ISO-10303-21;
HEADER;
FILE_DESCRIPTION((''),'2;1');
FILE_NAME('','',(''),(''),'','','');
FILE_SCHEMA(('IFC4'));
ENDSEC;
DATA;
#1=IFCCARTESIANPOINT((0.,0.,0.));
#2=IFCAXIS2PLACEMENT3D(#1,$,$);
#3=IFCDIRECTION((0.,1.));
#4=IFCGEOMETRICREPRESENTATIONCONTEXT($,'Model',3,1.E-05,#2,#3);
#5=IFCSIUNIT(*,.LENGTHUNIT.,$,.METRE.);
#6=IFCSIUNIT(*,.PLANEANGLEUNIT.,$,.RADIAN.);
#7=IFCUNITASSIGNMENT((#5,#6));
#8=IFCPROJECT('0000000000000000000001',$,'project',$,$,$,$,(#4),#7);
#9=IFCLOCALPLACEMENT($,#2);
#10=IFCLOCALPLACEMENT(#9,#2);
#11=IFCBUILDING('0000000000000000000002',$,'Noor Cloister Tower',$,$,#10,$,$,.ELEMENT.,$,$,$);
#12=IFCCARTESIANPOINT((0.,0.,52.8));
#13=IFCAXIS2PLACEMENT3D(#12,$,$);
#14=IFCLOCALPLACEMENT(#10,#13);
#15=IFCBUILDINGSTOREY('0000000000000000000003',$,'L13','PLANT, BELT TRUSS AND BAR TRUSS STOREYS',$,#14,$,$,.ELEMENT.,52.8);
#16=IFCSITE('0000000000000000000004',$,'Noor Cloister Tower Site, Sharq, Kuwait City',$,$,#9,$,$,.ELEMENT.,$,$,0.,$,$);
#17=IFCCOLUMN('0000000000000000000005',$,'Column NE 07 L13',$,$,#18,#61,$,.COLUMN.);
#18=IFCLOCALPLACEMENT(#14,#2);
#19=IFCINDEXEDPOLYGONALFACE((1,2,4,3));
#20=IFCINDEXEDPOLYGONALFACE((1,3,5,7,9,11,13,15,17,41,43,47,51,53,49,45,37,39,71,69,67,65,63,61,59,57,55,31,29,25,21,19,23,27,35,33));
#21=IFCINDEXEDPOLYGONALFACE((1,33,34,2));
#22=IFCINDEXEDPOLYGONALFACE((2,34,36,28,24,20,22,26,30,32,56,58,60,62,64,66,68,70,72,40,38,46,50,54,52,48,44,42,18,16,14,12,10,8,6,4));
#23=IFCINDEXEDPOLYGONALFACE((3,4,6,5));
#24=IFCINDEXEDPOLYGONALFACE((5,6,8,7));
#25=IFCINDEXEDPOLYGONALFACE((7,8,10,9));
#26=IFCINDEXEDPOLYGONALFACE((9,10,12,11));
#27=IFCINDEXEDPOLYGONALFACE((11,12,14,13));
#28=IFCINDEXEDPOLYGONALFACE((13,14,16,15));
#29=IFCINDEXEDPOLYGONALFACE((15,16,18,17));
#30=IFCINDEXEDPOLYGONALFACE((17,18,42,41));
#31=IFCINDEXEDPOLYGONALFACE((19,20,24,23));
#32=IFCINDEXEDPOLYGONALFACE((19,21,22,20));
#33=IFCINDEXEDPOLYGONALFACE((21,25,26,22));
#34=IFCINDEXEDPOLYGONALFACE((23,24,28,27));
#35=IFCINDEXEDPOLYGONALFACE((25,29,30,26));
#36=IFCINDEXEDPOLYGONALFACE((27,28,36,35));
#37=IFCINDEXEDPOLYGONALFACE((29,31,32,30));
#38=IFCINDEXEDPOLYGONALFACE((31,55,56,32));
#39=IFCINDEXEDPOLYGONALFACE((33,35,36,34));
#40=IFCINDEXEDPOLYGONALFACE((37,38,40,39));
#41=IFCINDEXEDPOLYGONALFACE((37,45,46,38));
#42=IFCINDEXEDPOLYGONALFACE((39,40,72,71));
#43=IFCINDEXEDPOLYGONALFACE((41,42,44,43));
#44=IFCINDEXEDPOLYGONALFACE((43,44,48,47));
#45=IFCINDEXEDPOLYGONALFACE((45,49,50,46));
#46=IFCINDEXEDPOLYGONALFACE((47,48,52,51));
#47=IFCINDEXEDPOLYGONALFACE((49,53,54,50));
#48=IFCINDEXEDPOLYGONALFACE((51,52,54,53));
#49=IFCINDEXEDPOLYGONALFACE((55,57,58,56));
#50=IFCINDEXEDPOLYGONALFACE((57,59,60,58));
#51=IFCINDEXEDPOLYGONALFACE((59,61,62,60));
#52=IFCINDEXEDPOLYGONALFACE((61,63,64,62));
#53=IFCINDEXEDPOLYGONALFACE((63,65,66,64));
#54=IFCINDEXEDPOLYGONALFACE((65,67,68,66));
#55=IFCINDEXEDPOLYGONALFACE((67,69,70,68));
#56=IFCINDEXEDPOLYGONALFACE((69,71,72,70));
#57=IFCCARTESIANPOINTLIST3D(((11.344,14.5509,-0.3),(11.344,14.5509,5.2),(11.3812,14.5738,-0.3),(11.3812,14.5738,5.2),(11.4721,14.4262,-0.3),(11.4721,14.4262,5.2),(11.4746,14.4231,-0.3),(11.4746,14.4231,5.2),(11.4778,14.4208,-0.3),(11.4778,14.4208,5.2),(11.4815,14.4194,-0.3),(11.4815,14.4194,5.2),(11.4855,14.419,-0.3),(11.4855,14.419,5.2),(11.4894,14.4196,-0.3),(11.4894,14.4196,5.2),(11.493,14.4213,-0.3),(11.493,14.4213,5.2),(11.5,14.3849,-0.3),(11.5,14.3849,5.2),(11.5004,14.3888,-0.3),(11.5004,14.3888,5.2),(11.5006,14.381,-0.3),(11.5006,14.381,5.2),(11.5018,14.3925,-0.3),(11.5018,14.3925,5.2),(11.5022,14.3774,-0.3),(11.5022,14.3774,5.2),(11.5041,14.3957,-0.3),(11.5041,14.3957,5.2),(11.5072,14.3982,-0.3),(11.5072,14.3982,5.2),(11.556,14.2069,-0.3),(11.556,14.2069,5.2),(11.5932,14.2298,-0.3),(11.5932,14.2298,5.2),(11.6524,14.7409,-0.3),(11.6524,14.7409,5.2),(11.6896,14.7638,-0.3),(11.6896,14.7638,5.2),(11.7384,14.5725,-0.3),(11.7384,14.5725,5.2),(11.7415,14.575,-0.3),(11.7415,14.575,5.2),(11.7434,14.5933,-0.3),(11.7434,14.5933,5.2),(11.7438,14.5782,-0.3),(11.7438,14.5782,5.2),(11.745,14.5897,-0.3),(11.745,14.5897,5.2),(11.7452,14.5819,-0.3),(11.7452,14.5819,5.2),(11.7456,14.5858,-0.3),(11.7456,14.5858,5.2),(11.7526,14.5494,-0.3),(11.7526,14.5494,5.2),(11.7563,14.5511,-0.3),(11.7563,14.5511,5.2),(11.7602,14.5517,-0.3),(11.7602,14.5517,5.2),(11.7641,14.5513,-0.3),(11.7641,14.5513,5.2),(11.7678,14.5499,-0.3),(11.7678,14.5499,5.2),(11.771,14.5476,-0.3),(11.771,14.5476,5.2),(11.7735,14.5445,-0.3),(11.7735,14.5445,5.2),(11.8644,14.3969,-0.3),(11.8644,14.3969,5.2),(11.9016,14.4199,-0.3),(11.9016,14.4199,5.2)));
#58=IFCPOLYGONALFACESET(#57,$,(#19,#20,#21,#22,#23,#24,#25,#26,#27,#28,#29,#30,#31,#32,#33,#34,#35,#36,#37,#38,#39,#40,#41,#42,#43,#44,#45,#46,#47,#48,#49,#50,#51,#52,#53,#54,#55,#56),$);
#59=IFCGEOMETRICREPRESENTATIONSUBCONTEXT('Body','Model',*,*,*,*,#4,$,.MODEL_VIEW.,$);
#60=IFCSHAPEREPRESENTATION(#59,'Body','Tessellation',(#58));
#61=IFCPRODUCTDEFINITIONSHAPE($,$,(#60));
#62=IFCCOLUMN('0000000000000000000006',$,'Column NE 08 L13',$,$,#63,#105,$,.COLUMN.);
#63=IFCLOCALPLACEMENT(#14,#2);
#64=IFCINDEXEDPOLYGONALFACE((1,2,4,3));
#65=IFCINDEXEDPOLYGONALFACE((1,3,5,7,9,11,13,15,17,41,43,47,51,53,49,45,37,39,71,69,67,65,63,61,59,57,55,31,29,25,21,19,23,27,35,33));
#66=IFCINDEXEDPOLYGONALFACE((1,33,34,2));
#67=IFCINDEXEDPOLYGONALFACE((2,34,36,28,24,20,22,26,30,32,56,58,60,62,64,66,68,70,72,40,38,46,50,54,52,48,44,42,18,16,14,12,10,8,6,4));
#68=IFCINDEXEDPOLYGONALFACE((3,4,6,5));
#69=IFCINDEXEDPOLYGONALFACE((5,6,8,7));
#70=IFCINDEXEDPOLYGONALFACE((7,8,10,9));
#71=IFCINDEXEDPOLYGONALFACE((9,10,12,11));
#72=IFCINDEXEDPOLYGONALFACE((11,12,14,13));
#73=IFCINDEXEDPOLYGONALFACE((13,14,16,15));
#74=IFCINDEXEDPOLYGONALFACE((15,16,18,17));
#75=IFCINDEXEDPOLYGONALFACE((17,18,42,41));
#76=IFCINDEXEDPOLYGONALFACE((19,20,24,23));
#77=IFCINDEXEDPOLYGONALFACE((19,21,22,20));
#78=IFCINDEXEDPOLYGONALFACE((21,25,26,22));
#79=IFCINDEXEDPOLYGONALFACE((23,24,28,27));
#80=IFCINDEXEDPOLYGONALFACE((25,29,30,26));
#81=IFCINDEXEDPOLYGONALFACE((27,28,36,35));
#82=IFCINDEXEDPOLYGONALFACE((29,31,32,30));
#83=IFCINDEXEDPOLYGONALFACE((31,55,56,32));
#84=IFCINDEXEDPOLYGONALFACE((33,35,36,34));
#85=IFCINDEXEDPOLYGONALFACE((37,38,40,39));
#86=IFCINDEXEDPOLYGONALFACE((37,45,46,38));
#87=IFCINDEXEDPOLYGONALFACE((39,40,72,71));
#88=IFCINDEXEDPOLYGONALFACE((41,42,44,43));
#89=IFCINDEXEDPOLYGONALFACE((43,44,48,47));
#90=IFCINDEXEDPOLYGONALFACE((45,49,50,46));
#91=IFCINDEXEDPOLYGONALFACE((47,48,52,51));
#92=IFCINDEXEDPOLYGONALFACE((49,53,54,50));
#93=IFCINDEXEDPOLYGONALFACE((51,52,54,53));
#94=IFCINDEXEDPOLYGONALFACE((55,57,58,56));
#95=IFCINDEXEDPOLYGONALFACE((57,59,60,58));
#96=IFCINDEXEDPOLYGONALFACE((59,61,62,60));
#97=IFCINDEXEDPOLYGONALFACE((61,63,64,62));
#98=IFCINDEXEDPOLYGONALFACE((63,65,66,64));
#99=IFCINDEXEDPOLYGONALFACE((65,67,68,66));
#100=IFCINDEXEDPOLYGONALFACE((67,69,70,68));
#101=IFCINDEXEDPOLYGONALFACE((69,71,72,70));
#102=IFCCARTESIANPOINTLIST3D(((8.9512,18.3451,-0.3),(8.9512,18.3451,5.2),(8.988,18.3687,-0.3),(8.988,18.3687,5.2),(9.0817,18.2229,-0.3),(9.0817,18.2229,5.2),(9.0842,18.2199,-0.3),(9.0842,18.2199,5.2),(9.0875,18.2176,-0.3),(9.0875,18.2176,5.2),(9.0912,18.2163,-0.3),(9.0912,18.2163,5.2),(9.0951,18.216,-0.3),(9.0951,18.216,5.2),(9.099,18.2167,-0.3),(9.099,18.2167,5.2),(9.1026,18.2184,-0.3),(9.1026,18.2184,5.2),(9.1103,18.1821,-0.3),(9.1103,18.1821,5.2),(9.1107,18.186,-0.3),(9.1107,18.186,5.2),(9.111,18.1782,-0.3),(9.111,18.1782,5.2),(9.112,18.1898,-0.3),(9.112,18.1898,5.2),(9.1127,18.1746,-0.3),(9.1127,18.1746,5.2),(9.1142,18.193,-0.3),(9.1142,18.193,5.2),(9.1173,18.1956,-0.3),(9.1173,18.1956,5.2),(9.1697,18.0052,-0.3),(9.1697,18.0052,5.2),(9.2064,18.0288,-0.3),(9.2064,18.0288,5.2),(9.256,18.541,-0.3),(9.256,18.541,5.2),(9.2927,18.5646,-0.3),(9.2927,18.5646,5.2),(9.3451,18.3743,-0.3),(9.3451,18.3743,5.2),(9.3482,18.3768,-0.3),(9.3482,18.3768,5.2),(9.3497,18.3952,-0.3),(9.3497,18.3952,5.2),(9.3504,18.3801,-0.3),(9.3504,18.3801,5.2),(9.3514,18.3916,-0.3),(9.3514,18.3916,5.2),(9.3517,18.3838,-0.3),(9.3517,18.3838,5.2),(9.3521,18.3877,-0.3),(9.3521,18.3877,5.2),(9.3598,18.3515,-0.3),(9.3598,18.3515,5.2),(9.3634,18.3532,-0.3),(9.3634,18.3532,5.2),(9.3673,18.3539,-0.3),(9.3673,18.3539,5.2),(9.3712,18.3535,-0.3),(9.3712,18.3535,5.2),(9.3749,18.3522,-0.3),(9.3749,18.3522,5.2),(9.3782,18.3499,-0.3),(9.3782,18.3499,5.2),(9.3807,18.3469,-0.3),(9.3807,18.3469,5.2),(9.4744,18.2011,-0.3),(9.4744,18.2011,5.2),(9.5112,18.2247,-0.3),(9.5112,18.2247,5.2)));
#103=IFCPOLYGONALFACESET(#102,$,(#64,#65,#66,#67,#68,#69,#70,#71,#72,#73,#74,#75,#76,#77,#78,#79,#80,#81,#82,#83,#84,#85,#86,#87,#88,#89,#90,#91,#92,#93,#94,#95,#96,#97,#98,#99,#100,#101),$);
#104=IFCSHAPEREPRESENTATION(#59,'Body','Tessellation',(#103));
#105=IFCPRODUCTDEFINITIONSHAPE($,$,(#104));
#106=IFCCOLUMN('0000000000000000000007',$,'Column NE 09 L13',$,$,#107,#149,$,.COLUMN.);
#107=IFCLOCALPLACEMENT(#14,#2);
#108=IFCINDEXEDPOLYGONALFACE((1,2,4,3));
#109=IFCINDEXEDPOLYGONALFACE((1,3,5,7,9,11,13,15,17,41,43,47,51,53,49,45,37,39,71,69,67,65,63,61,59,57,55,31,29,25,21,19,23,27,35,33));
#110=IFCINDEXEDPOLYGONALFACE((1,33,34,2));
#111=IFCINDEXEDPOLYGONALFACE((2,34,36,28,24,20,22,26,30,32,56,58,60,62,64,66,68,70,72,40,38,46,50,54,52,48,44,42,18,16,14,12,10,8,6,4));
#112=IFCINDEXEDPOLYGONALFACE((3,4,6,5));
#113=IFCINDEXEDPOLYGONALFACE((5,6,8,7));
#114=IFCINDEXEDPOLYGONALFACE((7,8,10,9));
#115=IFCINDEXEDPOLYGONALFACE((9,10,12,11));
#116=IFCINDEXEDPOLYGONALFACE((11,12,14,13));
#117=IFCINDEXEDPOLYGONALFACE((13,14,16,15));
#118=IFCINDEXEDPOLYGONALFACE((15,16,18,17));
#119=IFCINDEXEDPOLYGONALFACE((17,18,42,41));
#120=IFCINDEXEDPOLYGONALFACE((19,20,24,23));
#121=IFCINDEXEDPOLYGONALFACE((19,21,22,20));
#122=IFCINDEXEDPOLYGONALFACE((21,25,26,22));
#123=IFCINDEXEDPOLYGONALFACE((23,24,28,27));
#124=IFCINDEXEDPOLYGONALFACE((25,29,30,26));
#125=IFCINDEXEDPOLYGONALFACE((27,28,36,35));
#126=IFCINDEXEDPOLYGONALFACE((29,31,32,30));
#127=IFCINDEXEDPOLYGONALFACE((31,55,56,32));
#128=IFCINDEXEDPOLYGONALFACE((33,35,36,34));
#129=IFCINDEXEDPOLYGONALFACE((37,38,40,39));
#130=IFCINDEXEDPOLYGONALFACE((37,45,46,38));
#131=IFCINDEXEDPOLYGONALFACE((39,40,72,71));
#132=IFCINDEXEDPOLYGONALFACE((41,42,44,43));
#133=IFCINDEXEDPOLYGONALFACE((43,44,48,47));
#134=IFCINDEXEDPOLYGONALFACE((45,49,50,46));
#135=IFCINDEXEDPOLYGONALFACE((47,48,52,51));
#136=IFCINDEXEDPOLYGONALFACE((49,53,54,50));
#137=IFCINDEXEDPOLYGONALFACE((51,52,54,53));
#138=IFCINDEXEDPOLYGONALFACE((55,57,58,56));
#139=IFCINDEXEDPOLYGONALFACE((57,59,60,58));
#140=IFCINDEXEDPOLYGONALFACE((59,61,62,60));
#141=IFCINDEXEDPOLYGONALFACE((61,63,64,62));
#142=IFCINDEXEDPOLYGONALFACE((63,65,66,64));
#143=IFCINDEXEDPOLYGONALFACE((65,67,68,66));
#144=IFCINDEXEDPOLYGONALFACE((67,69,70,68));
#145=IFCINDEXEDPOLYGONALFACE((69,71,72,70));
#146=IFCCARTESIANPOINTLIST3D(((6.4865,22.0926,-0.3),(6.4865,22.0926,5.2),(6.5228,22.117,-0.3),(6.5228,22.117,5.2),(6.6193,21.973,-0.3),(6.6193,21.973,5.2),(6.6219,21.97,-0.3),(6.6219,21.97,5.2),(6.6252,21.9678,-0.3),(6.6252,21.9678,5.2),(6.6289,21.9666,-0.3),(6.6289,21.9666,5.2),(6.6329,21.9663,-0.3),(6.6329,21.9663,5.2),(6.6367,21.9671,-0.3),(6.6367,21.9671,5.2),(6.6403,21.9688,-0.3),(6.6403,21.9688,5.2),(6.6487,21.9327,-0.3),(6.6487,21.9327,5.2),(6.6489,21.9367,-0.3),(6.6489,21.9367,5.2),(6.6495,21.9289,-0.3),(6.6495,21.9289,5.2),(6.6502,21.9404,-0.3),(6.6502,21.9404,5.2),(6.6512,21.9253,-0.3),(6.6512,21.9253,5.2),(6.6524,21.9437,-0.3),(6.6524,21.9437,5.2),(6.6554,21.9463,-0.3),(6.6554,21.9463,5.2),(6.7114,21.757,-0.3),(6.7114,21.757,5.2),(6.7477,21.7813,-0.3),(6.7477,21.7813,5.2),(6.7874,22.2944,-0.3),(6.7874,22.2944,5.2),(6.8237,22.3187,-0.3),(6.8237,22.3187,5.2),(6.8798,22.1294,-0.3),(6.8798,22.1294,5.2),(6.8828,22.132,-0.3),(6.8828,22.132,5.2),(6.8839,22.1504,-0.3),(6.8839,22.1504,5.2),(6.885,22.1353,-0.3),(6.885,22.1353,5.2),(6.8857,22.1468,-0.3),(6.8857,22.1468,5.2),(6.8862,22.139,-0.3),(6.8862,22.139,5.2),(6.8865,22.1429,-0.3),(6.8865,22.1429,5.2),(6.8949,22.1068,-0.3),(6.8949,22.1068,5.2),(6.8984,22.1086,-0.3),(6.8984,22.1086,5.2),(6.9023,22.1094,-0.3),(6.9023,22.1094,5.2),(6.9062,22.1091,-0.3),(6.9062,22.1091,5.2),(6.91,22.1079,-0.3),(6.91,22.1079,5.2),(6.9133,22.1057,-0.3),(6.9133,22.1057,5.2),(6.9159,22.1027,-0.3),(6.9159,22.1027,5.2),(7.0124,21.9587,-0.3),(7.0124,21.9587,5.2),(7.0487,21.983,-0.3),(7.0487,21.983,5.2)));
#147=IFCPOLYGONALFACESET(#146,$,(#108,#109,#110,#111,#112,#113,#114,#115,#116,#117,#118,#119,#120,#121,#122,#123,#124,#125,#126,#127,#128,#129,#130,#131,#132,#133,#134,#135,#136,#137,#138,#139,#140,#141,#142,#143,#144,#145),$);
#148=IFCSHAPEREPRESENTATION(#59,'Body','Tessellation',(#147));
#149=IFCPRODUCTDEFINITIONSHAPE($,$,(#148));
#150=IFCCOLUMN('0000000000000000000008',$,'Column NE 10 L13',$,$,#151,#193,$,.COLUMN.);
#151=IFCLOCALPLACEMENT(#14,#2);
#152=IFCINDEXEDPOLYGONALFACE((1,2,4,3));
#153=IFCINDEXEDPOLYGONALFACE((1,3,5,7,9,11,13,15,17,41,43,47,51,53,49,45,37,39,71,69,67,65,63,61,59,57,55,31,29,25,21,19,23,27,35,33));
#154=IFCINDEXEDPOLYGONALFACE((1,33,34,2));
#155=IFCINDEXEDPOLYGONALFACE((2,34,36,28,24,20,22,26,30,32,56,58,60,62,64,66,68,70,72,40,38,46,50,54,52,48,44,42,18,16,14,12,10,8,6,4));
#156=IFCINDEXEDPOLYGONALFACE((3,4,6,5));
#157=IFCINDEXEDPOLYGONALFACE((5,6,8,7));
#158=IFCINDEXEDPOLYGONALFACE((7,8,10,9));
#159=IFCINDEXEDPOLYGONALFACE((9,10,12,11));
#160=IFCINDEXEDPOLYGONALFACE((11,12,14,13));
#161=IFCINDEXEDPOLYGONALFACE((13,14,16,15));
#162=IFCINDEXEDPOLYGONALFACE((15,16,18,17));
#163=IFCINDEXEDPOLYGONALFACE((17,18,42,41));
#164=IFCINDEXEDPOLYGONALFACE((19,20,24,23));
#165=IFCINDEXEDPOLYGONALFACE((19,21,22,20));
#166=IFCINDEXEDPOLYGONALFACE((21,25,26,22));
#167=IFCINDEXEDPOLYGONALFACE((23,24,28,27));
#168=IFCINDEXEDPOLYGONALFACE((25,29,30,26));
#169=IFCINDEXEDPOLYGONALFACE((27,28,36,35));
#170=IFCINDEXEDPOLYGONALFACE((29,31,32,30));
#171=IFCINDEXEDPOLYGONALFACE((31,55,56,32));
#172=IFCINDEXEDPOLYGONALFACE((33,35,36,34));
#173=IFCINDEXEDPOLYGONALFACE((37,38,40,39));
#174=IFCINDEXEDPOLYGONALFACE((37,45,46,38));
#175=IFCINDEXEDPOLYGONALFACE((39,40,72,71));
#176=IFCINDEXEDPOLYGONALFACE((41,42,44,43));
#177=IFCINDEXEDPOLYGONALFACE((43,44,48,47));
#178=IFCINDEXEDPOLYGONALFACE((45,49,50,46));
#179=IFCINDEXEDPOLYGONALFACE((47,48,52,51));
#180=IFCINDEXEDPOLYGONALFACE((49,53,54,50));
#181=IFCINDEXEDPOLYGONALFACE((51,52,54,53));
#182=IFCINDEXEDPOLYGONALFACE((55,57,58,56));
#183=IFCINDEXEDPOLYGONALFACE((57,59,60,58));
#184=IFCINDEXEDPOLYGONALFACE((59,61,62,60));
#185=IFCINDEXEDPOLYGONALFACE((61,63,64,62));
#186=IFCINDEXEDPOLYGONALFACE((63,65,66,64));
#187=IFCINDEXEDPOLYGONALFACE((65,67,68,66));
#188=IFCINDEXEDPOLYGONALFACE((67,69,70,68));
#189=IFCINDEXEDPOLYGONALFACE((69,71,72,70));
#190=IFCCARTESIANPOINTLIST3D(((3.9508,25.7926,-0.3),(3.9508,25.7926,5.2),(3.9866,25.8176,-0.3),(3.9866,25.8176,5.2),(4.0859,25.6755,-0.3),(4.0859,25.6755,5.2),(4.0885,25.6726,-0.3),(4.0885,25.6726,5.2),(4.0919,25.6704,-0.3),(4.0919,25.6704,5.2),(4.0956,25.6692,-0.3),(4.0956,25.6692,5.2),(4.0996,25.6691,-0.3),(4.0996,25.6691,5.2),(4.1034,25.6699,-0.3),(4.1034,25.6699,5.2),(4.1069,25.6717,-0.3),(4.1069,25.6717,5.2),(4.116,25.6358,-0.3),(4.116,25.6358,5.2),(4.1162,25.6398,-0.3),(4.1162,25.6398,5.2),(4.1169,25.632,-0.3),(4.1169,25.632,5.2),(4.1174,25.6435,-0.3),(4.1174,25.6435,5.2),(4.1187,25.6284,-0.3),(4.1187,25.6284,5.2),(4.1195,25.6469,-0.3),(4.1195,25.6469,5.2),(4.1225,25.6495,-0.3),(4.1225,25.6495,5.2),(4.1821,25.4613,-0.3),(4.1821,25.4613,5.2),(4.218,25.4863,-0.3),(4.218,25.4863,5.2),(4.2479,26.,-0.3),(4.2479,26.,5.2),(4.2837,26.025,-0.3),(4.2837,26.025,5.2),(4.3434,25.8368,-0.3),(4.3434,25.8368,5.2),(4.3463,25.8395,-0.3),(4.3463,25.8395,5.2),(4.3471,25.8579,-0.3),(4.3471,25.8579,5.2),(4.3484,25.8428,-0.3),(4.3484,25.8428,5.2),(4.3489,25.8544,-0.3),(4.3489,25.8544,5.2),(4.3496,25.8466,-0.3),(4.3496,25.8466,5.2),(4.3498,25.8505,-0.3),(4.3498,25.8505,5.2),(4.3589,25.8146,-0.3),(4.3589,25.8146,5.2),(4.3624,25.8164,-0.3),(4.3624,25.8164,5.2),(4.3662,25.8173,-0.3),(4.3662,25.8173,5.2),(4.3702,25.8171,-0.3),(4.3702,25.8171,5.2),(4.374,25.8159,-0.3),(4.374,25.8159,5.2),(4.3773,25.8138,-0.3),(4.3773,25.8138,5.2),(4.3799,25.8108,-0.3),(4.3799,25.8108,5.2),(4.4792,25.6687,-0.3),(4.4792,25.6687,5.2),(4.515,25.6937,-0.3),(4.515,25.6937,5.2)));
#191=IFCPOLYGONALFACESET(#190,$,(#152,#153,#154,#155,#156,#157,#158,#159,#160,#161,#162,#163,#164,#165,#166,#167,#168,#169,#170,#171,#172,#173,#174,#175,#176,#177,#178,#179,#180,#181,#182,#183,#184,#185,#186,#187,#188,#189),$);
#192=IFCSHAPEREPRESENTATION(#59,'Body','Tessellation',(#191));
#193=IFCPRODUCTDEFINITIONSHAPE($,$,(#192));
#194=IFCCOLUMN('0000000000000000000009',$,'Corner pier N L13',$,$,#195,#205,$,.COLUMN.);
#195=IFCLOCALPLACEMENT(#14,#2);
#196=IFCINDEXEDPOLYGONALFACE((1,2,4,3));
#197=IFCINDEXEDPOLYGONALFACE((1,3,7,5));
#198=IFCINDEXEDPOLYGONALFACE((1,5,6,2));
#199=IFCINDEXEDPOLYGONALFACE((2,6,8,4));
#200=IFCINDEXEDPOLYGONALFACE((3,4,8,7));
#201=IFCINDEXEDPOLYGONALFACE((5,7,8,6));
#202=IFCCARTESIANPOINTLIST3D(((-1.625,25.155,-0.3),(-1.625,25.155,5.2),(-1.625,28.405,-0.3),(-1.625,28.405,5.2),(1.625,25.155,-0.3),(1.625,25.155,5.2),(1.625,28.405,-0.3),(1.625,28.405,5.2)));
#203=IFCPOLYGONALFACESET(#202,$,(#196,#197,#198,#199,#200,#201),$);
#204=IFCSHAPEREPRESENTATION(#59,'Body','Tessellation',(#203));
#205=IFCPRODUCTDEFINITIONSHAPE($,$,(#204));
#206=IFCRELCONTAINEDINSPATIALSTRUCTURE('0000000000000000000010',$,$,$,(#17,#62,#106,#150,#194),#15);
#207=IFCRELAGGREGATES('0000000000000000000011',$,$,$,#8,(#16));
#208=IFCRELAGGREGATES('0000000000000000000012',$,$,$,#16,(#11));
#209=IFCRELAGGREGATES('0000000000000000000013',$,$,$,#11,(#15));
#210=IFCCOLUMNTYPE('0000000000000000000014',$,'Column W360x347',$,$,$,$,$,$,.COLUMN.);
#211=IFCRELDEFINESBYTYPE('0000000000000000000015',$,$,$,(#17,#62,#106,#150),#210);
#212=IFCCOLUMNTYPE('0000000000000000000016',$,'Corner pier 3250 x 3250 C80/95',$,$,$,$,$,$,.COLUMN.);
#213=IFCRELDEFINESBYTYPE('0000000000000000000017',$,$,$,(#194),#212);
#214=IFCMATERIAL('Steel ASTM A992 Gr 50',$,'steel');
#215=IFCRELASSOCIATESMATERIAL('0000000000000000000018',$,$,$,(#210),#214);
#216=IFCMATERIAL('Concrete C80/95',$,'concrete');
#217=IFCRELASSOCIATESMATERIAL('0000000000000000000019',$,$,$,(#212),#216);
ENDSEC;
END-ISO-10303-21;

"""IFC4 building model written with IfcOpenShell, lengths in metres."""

from ifc_helpers import new_model, si_unit, direction, frame, origin, origin_2d, place, context, subcontext, project, spatial, rectangle, i_section, extrude, material, material_profile, profile_set, type_object, element, save


model = new_model("IFC4")

# Units and contexts
model_context = context("Model", 3, precision=1e-05, world=origin(), true_north=direction((0.0, 1.0)))
body_context = subcontext(model_context, "Body", "Model", "MODEL_VIEW")
ifc_project = project(units=[si_unit("LENGTHUNIT", "METRE"), si_unit("PLANEANGLEUNIT", "RADIAN")], contexts=[model_context])

# Site, building, storey
site_placement = place(None, origin())
site = spatial("IfcSite", under=ifc_project, at=site_placement, Name="Noor Cloister Tower Site, Sharq, Kuwait City", CompositionType="ELEMENT", RefElevation=0.0)
building_placement = place(site_placement, origin())
building = spatial("IfcBuilding", under=site, at=building_placement, Name="Noor Cloister Tower", CompositionType="ELEMENT")
storey_placement = place(building_placement, frame((0.0, 0.0, 52.8)))
storey = spatial("IfcBuildingStorey", under=building, at=storey_placement, Name="L13", Description="PLANT, BELT TRUSS AND BAR TRUSS STOREYS", CompositionType="ELEMENT", Elevation=52.8)

# Columns
ifc_material_1 = material(Name="Steel ASTM A992 Gr 50", Category="steel")
ifc_material_profile_1 = material_profile(ifc_material_1, i_section(OverallWidth=0.4041, OverallDepth=0.406, WebThickness=0.0271, FlangeThickness=0.0437, FilletRadius=0.0151, at=origin_2d()), Name="W360x347")
ifc_profile_set_1 = profile_set([ifc_material_profile_1], Name="Steel ASTM A992 Gr 50")
column_type_1 = type_object("IfcColumnType", Name="Column W360x347", PredefinedType="COLUMN", material=ifc_profile_set_1)
for number, where, z_axis, x_axis, name in (
    (1, (11.6228, 14.4854, -0.3), (0.0, 0.0, 1.0), (-0.524598, 0.85135, 0.0), "Column NE 07 L13"),
    (2, (9.2312, 18.2849, -0.3), (0.0, 0.0, 1.0), (-0.540759, 0.841177, 0.0), "Column NE 08 L13"),
    (3, (6.7676, 22.0378, -0.3), (0.0, 0.0, 1.0), (-0.556723, 0.830698, 0.0), "Column NE 09 L13"),
    (4, (4.2329, 25.7432, -0.3), (0.0, 0.0, 1.0), (-0.572484, 0.819916, 0.0), "Column NE 10 L13"),
):
    element("IfcColumn", number, at=place(storey_placement, frame(where, z_axis=z_axis, x_axis=x_axis)), inside=storey, type_object=column_type_1, Name=name, PredefinedType="COLUMN", context=body_context, shape_type="SweptSolid", body=[
        extrude(i_section(OverallWidth=0.4041, OverallDepth=0.406, WebThickness=0.0271, FlangeThickness=0.0437, FilletRadius=0.0151, at=origin_2d()), origin(), (0.0, 0.0, 1.0), 5.5),
    ])
ifc_material_2 = material(Name="Concrete C80/95", Category="concrete")
ifc_material_profile_2 = material_profile(ifc_material_2, rectangle(XDim=3.25, YDim=3.25, at=origin_2d()), Name="RC 3250x3250")
ifc_profile_set_2 = profile_set([ifc_material_profile_2], Name="Concrete C80/95")
column_type_2 = type_object("IfcColumnType", Name="Corner pier 3250 x 3250 C80/95", PredefinedType="COLUMN", material=ifc_profile_set_2)
column_placement = place(storey_placement, frame((0.0, 26.78, -0.3), z_axis=(0.0, 0.0, 1.0), x_axis=(0.0, 1.0, 0.0)))
element("IfcColumn", 5, at=column_placement, inside=storey, type_object=column_type_2, Name="Corner pier N L13", PredefinedType="COLUMN", context=body_context, shape_type="SweptSolid", body=[
    extrude(rectangle(XDim=3.25, YDim=3.25, at=origin_2d()), origin(), (0.0, 0.0, 1.0), 5.5),
])

save(model, "model.ifc")
